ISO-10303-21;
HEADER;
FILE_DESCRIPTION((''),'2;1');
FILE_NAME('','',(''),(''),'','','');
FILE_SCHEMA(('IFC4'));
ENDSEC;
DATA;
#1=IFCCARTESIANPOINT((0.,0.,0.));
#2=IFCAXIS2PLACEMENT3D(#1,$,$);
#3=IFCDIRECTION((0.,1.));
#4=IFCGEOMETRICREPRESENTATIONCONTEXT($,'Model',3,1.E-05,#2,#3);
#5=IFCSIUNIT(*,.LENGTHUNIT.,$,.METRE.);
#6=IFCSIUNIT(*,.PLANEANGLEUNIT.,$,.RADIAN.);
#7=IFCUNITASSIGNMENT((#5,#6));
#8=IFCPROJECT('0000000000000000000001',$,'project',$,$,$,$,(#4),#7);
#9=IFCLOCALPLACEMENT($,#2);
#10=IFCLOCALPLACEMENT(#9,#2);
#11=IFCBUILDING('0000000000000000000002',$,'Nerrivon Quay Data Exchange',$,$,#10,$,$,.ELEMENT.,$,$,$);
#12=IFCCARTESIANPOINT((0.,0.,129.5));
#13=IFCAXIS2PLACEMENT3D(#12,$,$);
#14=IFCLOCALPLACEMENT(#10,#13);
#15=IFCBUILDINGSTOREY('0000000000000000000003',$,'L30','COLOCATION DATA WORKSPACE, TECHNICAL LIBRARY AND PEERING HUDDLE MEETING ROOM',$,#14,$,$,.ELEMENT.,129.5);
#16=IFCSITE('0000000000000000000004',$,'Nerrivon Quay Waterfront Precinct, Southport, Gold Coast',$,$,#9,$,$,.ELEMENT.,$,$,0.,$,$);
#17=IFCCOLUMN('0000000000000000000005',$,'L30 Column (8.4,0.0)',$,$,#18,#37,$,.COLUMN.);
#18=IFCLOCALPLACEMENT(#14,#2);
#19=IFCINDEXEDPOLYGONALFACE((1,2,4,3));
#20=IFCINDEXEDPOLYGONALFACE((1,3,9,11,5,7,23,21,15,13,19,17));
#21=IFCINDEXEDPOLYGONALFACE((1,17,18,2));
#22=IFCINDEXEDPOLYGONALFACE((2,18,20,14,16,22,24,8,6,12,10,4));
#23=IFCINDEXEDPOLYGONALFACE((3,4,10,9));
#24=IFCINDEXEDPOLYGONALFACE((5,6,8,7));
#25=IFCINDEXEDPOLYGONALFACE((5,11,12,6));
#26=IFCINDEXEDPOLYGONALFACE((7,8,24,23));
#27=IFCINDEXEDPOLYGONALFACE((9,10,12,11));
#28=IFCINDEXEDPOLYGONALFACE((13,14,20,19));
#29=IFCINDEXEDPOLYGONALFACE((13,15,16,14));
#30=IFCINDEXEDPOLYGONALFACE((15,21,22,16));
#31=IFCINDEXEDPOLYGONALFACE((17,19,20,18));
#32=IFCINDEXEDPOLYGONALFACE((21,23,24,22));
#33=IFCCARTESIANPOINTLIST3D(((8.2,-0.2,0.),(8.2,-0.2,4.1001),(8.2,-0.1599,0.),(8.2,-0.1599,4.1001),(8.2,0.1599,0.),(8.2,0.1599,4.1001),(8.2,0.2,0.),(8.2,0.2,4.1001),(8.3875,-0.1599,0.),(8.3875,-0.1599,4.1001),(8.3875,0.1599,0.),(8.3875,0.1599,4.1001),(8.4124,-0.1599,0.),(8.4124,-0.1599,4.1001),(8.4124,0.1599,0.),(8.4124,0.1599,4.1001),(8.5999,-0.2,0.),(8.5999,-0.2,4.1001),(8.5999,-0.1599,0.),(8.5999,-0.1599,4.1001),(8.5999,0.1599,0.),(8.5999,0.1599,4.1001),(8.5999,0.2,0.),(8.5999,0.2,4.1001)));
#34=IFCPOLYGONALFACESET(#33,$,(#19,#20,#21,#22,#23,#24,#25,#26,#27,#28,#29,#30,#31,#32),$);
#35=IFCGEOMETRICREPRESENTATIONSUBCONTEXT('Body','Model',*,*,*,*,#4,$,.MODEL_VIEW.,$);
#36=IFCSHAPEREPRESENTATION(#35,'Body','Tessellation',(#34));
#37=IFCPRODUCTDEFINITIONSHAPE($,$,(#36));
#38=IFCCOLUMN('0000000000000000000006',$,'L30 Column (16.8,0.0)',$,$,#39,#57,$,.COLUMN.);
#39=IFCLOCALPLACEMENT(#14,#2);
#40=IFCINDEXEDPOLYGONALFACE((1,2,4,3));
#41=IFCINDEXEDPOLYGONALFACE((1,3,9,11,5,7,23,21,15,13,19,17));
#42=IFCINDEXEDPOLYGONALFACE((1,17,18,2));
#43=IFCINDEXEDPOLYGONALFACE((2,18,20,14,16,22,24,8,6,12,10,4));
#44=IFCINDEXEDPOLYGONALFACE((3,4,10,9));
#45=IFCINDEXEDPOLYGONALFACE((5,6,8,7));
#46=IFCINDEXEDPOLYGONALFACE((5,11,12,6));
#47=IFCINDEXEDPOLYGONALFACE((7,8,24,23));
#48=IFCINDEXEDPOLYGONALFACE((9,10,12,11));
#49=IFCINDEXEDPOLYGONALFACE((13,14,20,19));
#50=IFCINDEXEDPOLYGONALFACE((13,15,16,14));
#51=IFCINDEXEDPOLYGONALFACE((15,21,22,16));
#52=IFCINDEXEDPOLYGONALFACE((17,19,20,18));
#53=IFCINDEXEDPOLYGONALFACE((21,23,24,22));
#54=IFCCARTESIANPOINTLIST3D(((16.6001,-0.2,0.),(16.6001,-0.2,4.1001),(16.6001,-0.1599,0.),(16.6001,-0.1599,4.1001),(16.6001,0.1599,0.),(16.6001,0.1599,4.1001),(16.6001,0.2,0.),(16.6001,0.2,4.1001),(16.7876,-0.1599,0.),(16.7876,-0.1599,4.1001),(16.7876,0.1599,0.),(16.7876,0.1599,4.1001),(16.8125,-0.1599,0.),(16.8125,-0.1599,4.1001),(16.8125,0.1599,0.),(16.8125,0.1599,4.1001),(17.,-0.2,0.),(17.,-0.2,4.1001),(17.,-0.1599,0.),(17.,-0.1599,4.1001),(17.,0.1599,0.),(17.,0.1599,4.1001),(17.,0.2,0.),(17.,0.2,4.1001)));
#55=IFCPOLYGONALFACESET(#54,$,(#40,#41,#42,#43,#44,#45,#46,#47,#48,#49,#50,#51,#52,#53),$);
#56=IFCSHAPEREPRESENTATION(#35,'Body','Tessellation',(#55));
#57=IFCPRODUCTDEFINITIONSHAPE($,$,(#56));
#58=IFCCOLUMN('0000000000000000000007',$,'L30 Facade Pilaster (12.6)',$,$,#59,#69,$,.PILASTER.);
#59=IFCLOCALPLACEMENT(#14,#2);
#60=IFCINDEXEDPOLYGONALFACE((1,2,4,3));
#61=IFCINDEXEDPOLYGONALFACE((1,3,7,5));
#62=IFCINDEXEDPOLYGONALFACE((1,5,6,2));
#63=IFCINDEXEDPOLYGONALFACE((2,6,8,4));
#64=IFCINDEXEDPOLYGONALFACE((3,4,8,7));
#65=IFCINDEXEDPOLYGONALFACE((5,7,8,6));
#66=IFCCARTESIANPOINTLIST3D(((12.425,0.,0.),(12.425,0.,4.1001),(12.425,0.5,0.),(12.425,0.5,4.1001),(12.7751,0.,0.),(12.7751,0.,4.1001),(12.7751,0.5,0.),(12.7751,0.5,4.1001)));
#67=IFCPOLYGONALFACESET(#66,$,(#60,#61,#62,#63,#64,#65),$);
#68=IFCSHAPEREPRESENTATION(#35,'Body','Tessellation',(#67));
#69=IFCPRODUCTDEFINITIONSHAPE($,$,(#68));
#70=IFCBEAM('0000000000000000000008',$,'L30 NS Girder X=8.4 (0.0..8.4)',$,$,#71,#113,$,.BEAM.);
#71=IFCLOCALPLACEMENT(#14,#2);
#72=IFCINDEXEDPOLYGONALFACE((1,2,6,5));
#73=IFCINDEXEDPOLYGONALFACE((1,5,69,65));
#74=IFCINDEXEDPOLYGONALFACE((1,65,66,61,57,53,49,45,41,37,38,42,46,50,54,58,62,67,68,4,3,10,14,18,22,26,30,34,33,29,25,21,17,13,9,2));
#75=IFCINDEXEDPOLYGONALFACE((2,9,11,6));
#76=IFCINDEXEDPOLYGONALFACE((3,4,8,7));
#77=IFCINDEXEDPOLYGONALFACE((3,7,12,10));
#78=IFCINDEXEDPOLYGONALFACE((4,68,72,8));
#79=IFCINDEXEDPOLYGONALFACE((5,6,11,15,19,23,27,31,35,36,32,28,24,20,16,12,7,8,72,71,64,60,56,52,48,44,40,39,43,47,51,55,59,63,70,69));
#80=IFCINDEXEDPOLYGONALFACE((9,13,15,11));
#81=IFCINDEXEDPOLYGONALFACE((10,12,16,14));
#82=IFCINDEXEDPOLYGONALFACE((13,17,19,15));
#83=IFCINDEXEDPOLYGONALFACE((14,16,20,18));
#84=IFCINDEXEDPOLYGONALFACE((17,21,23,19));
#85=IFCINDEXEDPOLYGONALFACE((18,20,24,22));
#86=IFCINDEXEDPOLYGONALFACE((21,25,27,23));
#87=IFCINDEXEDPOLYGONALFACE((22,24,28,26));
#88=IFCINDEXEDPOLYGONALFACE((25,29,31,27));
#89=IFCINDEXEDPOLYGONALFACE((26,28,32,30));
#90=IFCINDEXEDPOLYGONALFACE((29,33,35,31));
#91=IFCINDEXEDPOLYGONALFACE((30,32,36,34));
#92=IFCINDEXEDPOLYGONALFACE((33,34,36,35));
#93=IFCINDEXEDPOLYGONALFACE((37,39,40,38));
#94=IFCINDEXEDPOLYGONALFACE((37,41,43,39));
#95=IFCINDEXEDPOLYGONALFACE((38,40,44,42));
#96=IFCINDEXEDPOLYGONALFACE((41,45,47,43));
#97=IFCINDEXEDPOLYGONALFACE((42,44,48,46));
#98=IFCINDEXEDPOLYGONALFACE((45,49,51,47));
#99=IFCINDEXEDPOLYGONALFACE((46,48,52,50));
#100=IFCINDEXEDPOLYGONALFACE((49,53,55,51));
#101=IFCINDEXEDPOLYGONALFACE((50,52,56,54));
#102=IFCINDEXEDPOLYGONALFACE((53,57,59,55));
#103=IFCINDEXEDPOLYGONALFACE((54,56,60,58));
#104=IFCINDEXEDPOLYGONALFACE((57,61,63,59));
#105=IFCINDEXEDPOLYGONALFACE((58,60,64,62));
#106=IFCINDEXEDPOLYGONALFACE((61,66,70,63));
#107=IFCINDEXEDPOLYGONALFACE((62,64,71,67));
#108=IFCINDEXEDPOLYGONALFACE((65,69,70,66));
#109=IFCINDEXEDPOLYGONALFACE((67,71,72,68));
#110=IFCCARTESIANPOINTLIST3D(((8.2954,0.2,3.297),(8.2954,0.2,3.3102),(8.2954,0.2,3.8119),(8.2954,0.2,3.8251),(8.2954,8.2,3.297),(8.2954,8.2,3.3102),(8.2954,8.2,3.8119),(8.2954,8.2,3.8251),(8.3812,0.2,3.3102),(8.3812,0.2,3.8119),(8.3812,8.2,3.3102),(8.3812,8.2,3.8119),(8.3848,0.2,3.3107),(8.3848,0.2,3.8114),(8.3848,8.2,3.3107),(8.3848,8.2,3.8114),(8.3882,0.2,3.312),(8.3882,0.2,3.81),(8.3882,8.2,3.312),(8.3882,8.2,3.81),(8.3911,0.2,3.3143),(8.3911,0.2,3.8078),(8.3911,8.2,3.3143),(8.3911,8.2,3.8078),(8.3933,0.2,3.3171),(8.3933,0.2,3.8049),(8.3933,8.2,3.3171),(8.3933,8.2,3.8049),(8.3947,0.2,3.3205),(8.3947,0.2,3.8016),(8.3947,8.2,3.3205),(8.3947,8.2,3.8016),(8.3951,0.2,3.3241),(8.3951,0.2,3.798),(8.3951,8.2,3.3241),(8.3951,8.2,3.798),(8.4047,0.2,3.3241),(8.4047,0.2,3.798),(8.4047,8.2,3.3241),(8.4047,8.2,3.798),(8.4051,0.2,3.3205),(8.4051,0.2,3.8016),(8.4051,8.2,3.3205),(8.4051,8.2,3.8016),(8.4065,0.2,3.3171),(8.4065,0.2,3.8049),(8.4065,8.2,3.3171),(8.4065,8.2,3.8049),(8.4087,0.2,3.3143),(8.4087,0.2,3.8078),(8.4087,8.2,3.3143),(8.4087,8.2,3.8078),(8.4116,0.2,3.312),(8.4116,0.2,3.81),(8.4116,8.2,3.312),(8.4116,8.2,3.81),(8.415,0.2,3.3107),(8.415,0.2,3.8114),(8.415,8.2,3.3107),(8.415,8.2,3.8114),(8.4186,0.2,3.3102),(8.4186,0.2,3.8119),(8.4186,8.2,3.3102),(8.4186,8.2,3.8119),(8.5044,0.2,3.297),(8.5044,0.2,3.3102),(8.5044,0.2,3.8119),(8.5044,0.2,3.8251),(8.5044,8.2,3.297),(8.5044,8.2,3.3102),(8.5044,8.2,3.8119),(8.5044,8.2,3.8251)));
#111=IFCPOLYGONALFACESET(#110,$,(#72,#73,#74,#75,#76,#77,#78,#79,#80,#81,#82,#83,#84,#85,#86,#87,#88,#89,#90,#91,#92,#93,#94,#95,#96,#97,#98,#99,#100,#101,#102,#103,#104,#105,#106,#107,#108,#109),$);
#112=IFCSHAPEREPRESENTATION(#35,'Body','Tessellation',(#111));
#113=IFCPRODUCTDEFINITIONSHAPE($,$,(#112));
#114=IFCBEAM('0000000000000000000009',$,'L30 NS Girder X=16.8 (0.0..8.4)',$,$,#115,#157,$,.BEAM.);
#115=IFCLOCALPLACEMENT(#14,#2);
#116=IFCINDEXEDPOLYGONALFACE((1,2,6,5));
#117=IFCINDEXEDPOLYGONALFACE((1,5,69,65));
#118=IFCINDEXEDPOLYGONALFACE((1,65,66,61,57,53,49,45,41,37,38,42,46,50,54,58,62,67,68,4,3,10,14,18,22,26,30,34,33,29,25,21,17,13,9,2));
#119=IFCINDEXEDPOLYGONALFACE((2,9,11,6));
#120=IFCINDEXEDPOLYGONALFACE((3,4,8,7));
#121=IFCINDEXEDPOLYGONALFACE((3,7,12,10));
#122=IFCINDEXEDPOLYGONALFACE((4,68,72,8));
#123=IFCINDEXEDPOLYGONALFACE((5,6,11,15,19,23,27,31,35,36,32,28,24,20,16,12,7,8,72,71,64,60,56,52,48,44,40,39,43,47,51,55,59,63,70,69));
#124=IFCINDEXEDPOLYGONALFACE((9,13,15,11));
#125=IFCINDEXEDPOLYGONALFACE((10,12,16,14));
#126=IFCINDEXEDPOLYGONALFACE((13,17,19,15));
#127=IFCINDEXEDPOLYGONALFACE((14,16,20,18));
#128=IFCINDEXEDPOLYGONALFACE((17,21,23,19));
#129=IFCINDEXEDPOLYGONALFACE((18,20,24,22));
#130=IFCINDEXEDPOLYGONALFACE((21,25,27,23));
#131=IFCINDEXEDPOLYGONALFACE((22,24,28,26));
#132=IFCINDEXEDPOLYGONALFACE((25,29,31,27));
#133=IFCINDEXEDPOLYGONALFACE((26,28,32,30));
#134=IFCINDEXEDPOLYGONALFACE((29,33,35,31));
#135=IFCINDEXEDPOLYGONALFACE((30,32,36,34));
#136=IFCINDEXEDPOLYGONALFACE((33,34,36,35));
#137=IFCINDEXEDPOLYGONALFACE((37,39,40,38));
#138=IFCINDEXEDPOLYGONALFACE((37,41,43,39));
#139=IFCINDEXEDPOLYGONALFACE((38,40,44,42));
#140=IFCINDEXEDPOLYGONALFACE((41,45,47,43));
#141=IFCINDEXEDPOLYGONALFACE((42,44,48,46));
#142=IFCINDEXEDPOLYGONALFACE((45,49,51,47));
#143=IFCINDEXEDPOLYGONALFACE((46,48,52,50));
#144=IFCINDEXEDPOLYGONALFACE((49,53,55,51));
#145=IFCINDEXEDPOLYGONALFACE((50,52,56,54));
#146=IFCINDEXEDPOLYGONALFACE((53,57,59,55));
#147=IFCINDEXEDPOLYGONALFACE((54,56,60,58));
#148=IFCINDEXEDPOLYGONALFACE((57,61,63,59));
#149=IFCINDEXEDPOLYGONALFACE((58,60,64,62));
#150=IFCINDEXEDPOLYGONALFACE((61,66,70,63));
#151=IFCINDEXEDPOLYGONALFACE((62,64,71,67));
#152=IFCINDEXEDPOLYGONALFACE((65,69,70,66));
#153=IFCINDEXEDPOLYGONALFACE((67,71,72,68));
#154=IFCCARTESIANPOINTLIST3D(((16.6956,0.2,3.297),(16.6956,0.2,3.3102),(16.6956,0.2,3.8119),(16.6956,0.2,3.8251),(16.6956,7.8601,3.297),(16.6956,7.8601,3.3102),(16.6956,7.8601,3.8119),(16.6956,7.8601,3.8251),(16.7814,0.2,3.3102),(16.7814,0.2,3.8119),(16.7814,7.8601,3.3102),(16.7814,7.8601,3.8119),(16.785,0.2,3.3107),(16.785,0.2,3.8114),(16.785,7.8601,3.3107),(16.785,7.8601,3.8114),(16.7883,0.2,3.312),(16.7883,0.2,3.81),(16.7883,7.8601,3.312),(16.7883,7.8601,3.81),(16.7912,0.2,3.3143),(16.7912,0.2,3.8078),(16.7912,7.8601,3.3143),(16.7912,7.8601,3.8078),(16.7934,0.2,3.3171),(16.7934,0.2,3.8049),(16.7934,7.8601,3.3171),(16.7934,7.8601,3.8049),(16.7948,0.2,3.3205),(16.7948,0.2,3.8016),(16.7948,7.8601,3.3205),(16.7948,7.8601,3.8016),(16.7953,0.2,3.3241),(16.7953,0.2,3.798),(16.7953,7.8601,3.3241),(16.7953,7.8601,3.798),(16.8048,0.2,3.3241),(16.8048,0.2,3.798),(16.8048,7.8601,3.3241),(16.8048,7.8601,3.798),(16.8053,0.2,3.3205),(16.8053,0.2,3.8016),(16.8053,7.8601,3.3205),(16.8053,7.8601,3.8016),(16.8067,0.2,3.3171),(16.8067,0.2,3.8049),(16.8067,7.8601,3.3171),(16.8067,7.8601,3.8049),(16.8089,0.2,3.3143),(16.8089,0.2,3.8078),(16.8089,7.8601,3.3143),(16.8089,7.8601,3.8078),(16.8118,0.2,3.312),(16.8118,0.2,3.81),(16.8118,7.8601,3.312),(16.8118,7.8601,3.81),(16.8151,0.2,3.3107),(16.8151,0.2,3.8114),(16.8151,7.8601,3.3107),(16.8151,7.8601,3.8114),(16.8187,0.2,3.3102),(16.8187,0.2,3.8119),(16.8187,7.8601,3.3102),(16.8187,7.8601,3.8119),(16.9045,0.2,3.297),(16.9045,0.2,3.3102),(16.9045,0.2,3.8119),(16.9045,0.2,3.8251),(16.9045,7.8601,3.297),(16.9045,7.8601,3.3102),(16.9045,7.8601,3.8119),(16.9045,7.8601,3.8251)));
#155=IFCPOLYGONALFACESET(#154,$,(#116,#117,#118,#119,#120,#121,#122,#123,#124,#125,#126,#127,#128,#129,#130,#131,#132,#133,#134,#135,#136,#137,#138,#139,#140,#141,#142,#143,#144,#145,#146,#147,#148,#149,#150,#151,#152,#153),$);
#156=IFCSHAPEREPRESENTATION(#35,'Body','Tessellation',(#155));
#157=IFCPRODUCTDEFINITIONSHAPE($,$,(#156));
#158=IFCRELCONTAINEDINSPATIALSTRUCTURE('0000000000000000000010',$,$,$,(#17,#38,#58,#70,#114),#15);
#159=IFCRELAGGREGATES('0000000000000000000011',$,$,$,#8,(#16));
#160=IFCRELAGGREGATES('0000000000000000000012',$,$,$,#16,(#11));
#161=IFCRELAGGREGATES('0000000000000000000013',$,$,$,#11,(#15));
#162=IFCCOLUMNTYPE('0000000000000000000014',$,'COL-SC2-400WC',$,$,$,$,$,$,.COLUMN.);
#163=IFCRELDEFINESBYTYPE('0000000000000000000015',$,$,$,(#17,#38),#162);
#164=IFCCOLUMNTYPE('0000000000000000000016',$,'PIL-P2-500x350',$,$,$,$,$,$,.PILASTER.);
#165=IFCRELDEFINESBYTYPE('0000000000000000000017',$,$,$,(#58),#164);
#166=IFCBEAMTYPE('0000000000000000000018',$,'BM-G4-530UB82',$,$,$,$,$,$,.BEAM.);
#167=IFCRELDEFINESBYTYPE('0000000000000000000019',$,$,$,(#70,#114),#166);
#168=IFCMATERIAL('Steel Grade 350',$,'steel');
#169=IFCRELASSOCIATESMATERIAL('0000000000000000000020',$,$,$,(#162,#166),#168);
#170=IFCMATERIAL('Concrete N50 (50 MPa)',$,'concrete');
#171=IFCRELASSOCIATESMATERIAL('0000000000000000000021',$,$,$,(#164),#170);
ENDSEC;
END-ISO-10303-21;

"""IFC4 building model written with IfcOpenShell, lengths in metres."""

from ifc_helpers import new_model, si_unit, direction, frame, origin, origin_2d, place, context, subcontext, project, spatial, rectangle, i_section, extrude, material, material_profile, profile_set, type_object, element, save


model = new_model("IFC4")

# Units and contexts
model_context = context("Model", 3, precision=1e-05, world=origin(), true_north=direction((0.0, 1.0)))
body_context = subcontext(model_context, "Body", "Model", "MODEL_VIEW")
ifc_project = project(units=[si_unit("LENGTHUNIT", "METRE"), si_unit("PLANEANGLEUNIT", "RADIAN")], contexts=[model_context])

# Site, building, storey
site_placement = place(None, origin())
site = spatial("IfcSite", under=ifc_project, at=site_placement, Name="Nerrivon Quay Waterfront Precinct, Southport, Gold Coast", CompositionType="ELEMENT", RefElevation=0.0)
building_placement = place(site_placement, origin())
building = spatial("IfcBuilding", under=site, at=building_placement, Name="Nerrivon Quay Data Exchange", CompositionType="ELEMENT")
storey_placement = place(building_placement, frame((0.0, 0.0, 129.5)))
storey = spatial("IfcBuildingStorey", under=building, at=storey_placement, Name="L30", Description="COLOCATION DATA WORKSPACE, TECHNICAL LIBRARY AND PEERING HUDDLE MEETING ROOM", CompositionType="ELEMENT", Elevation=129.5)

# Columns
ifc_material_1 = material(Name="Steel Grade 350", Category="steel")
ifc_material_profile_1 = material_profile(ifc_material_1, i_section(OverallWidth=0.3999, OverallDepth=0.3999, WebThickness=0.0249, FlangeThickness=0.04, at=origin_2d()), Name="400WC328")
ifc_profile_set_1 = profile_set([ifc_material_profile_1], Name="Steel Grade 350")
column_type_1 = type_object("IfcColumnType", Name="COL-SC2-400WC", PredefinedType="COLUMN", material=ifc_profile_set_1)
for number, where, z_axis, x_axis, name in (
    (1, (8.3999, 0.0, 0.0), (0.0, 0.0, 1.0), (1.0, 0.0, 0.0), "L30 Column (8.4,0.0)"),
    (2, (16.8, 0.0, 0.0), (0.0, 0.0, 1.0), (1.0, 0.0, 0.0), "L30 Column (16.8,0.0)"),
):
    element("IfcColumn", number, at=place(storey_placement, frame(where, z_axis=z_axis, x_axis=x_axis)), inside=storey, type_object=column_type_1, Name=name, PredefinedType="COLUMN", context=body_context, shape_type="SweptSolid", body=[
        extrude(i_section(OverallWidth=0.3999, OverallDepth=0.3999, WebThickness=0.0249, FlangeThickness=0.04, at=origin_2d()), origin(), (0.0, 0.0, 1.0), 4.1001),
    ])
ifc_material_2 = material(Name="Concrete N50 (50 MPa)", Category="concrete")
ifc_material_profile_2 = material_profile(ifc_material_2, rectangle(XDim=0.3501, YDim=0.5, at=origin_2d()), Name="RC-PIL-500x350")
ifc_profile_set_2 = profile_set([ifc_material_profile_2], Name="Concrete N50 (50 MPa)")
column_type_2 = type_object("IfcColumnType", Name="PIL-P2-500x350", PredefinedType="PILASTER", material=ifc_profile_set_2)
column_placement = place(storey_placement, frame((12.6001, 0.25, 0.0), z_axis=(0.0, 0.0, 1.0), x_axis=(1.0, 0.0, 0.0)))
element("IfcColumn", 3, at=column_placement, inside=storey, type_object=column_type_2, Name="L30 Facade Pilaster (12.6)", PredefinedType="PILASTER", context=body_context, shape_type="SweptSolid", body=[
    extrude(rectangle(XDim=0.3501, YDim=0.5, at=origin_2d()), origin(), (0.0, 0.0, 1.0), 4.1001),
])

# Beams
ifc_material_profile_3 = material_profile(ifc_material_1, i_section(OverallWidth=0.209, OverallDepth=0.5281, WebThickness=0.0095, FlangeThickness=0.0132, FilletRadius=0.0139, at=origin_2d()), Name="530UB82.0")
ifc_profile_set_3 = profile_set([ifc_material_profile_3], Name="Steel Grade 350")
beam_type_1 = type_object("IfcBeamType", Name="BM-G4-530UB82", PredefinedType="BEAM", material=ifc_profile_set_3)
beam_1_placement = place(storey_placement, frame((8.3999, 0.2, 3.561), z_axis=(0.0, 1.0, 0.0), x_axis=(-1.0, 0.0, 0.0)))
element("IfcBeam", 4, at=beam_1_placement, inside=storey, type_object=beam_type_1, Name="L30 NS Girder X=8.4 (0.0..8.4)", PredefinedType="BEAM", context=body_context, shape_type="SweptSolid", body=[
    extrude(i_section(OverallWidth=0.209, OverallDepth=0.5281, WebThickness=0.0095, FlangeThickness=0.0132, FilletRadius=0.0139, at=origin_2d()), origin(), (0.0, 0.0, 1.0), 8.0),
])
beam_2_placement = place(storey_placement, frame((16.8, 0.2, 3.561), z_axis=(0.0, 1.0, 0.0), x_axis=(-1.0, 0.0, 0.0)))
element("IfcBeam", 5, at=beam_2_placement, inside=storey, type_object=beam_type_1, Name="L30 NS Girder X=16.8 (0.0..8.4)", PredefinedType="BEAM", context=body_context, shape_type="SweptSolid", body=[
    extrude(i_section(OverallWidth=0.209, OverallDepth=0.5281, WebThickness=0.0095, FlangeThickness=0.0132, FilletRadius=0.0139, at=origin_2d()), origin(), (0.0, 0.0, 1.0), 7.6602),
])

save(model, "model.ifc")
